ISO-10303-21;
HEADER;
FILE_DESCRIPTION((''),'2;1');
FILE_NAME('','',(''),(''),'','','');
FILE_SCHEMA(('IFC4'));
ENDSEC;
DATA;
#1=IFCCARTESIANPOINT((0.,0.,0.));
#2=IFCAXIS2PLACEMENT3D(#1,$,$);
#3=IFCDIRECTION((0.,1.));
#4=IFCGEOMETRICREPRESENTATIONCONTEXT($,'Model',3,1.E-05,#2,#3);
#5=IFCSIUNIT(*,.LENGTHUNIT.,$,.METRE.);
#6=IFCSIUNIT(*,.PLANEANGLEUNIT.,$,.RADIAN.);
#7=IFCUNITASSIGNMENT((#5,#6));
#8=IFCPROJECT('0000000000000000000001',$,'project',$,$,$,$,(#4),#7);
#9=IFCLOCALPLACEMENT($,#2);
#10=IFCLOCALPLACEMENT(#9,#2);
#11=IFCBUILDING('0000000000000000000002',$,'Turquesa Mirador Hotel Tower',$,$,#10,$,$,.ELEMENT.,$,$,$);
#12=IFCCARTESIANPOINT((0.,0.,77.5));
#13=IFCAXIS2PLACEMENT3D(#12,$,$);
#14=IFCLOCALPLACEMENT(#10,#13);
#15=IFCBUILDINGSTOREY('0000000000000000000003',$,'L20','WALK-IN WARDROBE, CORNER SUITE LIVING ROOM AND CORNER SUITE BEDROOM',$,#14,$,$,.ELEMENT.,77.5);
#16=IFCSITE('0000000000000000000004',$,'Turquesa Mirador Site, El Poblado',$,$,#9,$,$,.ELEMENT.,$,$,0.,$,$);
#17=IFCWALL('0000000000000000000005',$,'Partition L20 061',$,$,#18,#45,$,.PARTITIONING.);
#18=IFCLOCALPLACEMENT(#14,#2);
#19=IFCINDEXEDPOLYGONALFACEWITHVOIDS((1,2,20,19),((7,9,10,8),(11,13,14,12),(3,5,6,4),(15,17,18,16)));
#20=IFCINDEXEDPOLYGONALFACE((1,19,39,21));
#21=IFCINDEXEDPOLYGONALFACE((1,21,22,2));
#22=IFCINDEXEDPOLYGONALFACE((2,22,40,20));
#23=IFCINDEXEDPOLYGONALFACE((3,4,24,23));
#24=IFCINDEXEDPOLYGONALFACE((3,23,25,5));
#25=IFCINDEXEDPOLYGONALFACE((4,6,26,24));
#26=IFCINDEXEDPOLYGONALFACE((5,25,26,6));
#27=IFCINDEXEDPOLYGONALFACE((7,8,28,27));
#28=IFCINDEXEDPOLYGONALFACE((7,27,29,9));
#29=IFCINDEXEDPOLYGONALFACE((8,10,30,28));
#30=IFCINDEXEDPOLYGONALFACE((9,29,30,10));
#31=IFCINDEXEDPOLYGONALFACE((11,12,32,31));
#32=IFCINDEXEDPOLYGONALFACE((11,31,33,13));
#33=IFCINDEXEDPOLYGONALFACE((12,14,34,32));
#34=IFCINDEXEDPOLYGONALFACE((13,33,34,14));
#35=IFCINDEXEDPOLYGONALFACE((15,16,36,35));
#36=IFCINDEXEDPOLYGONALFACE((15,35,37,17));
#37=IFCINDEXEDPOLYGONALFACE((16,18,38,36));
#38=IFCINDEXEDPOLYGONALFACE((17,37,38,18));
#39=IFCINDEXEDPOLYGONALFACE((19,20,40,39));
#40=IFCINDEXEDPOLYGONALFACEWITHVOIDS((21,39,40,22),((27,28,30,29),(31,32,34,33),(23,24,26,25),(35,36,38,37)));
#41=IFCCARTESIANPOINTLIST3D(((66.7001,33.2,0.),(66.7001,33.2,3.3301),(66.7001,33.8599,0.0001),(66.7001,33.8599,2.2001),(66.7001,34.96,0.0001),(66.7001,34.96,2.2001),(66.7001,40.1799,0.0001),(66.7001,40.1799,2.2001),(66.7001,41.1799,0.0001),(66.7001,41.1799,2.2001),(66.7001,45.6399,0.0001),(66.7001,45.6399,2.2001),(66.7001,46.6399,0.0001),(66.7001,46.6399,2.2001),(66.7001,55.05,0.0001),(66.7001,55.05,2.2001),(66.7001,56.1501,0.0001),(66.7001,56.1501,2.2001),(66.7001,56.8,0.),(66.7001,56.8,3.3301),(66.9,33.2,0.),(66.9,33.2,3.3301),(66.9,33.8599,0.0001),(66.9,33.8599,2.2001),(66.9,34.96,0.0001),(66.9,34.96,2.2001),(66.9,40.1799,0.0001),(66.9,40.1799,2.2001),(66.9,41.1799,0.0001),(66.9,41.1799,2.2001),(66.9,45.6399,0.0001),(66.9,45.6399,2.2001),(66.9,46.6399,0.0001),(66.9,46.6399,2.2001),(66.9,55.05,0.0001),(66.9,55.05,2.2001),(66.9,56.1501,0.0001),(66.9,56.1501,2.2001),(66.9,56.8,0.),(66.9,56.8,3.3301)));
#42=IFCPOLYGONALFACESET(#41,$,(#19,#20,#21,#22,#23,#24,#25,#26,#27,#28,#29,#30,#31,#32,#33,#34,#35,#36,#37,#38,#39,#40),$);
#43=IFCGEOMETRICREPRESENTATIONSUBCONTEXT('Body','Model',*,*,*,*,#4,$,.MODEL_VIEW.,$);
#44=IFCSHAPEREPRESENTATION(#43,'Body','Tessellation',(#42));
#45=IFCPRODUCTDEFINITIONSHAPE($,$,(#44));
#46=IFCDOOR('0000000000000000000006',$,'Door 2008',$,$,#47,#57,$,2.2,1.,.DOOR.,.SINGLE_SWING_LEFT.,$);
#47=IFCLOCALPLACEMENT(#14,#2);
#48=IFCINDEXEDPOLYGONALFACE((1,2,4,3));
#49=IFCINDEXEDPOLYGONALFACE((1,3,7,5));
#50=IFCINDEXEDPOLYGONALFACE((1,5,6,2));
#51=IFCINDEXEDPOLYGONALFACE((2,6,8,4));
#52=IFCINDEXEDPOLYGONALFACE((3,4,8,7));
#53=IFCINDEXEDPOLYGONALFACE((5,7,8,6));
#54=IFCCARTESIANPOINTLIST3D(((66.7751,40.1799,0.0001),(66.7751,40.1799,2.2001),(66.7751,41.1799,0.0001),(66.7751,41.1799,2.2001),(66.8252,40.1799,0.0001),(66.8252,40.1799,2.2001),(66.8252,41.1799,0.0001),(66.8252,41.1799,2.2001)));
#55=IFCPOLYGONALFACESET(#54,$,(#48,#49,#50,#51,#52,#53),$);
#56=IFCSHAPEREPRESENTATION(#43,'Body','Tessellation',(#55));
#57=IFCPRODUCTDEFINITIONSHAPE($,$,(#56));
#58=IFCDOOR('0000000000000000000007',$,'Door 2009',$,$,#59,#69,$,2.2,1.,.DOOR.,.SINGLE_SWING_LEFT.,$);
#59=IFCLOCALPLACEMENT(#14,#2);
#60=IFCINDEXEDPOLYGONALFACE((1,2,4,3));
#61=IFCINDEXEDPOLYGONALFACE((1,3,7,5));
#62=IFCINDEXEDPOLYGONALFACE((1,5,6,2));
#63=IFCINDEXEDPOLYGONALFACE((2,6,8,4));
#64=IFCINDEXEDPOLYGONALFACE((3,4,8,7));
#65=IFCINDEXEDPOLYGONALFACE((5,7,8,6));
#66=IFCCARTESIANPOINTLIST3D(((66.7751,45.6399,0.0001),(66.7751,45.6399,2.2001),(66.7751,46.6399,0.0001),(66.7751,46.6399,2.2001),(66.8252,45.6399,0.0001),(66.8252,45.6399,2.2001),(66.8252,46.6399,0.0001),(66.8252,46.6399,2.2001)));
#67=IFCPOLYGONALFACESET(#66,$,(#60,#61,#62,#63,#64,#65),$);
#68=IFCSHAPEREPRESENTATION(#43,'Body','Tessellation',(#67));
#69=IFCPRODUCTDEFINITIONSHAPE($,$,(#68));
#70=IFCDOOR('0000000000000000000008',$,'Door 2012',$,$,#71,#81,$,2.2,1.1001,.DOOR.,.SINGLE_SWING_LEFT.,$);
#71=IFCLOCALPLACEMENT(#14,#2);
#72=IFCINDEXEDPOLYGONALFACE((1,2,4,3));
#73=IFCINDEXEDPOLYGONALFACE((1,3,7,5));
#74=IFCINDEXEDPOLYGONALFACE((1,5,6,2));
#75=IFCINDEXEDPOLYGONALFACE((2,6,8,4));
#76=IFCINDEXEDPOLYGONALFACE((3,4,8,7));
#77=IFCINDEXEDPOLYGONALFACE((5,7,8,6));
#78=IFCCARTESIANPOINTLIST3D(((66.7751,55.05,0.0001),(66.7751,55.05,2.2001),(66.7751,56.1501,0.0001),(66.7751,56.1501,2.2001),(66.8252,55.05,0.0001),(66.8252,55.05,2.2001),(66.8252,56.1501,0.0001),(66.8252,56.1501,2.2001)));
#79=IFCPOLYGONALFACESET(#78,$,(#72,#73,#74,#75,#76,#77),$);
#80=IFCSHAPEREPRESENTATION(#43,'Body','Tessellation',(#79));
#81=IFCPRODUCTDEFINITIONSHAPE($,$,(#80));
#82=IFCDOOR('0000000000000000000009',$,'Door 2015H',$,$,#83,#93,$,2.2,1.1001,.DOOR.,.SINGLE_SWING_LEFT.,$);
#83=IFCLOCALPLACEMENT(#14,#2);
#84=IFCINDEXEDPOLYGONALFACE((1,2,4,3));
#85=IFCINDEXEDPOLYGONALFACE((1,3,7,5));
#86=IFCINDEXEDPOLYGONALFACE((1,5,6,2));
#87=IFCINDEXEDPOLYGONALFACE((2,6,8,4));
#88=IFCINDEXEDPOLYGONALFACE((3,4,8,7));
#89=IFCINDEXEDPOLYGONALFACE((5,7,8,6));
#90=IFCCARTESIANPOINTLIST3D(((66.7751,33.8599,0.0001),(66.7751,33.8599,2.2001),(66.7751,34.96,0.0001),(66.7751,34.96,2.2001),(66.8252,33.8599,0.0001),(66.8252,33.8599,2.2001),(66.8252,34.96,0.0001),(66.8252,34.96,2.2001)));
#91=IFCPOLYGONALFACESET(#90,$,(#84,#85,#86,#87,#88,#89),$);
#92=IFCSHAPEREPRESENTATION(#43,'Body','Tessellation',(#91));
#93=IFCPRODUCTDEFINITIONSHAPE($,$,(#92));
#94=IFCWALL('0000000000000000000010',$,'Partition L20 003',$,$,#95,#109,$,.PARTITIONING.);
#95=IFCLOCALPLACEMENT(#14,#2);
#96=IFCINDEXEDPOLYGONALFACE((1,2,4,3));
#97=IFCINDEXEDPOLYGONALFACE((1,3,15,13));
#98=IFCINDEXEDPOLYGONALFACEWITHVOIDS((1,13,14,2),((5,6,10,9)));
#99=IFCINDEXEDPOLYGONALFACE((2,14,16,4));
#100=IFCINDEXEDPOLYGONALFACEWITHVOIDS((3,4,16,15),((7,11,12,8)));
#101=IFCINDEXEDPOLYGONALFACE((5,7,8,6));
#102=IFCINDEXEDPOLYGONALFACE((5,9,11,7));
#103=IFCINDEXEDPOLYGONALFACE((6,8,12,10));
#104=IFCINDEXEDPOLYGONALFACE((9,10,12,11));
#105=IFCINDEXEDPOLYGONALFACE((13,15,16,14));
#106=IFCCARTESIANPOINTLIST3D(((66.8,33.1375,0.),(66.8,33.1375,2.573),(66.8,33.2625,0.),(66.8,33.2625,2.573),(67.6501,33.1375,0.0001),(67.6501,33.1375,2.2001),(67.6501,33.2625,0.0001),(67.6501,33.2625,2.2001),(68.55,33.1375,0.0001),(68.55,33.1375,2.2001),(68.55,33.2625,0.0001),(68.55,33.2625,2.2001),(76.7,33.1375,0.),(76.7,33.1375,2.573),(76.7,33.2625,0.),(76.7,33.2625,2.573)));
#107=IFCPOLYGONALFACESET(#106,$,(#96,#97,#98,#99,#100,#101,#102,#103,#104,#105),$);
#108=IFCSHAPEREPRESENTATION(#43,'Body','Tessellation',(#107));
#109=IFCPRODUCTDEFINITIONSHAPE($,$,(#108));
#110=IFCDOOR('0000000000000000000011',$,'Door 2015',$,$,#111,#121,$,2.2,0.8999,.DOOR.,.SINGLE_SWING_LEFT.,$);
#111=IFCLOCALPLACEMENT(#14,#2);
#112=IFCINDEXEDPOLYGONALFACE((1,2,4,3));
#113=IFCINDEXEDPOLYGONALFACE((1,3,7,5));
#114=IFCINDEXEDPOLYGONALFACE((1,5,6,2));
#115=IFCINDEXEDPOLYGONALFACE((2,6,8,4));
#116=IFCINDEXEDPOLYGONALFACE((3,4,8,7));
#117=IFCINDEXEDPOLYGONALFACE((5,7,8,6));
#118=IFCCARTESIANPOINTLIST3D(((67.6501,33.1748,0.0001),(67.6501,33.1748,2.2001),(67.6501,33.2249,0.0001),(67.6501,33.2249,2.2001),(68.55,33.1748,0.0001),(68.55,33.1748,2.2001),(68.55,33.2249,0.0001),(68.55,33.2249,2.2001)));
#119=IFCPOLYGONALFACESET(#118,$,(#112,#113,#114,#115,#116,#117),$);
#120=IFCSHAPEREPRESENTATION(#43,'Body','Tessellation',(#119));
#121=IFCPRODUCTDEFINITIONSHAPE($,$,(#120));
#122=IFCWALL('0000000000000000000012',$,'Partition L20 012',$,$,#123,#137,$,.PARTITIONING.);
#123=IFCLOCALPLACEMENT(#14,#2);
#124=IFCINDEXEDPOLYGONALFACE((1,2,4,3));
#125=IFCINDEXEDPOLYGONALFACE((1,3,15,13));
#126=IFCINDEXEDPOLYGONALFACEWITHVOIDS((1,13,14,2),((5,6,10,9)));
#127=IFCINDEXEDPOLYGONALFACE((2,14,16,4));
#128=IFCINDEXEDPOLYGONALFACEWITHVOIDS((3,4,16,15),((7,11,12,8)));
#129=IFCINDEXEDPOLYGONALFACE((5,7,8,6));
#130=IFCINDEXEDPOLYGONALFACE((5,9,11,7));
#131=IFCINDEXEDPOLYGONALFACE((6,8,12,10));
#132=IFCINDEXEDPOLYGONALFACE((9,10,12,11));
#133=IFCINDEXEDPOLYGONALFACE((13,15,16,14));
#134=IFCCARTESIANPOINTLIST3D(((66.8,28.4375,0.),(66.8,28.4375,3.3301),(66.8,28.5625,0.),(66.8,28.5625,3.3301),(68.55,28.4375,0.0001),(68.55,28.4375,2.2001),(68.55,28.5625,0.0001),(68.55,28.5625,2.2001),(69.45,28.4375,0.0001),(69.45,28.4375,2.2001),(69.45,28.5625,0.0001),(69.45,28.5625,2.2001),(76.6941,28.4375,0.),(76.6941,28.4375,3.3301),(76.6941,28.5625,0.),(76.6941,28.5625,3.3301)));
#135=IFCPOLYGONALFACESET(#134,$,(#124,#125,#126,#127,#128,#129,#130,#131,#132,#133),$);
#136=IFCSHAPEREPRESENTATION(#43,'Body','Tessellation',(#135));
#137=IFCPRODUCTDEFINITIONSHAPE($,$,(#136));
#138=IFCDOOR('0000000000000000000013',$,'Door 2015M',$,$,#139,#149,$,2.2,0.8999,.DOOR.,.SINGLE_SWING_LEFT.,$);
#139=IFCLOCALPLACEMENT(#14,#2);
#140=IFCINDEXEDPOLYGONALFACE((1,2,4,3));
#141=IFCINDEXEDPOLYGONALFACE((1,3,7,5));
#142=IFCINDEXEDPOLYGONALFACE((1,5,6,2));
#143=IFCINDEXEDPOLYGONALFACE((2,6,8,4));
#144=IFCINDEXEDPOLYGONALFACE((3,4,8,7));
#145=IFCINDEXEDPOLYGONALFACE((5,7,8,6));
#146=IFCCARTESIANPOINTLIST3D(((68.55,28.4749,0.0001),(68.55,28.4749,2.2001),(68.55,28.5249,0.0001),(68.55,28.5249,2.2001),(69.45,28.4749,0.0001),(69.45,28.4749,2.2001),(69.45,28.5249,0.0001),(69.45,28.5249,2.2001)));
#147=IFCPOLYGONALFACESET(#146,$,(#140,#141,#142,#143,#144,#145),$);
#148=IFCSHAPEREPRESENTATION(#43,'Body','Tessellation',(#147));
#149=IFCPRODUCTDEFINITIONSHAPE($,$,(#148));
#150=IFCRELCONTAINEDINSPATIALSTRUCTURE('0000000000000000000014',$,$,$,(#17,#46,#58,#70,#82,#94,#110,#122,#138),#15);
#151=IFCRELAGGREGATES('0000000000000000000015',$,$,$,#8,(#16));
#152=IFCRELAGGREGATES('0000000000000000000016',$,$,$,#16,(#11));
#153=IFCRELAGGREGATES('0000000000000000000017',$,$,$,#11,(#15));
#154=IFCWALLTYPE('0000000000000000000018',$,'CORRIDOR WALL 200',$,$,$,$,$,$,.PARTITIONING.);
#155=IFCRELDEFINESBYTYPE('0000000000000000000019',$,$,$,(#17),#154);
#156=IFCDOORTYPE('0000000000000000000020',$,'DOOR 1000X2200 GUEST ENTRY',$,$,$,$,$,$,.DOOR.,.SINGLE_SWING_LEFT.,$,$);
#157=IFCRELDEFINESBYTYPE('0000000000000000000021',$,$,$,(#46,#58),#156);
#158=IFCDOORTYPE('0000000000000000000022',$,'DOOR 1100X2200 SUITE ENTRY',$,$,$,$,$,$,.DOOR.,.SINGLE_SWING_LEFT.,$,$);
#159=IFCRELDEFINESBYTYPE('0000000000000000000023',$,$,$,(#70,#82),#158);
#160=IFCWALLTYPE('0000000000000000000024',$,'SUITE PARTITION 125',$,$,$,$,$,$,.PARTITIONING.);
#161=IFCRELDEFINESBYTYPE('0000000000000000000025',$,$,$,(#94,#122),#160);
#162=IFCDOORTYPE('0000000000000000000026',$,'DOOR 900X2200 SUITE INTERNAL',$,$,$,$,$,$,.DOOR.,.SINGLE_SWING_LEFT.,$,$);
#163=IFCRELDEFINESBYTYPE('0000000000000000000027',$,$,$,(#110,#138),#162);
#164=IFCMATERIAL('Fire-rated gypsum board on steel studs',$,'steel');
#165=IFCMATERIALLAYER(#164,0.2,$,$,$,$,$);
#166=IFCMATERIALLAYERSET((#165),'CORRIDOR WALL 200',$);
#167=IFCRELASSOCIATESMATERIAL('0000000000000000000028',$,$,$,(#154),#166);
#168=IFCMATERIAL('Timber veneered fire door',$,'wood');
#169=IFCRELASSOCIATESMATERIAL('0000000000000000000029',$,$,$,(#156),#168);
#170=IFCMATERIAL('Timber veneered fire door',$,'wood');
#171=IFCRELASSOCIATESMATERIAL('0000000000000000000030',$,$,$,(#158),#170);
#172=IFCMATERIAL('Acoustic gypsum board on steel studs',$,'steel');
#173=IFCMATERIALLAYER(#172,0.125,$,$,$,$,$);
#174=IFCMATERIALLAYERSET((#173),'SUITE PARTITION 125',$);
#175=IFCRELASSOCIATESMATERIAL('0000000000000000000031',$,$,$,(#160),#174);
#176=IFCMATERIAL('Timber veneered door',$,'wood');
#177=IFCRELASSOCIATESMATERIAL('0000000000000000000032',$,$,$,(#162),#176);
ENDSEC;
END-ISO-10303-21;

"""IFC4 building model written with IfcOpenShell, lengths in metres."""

from ifc_helpers import new_model, si_unit, direction, frame, frame_2d, origin, place, context, subcontext, project, spatial, rectangle, extrude, material, layer, layer_set, type_object, element, fill, save


model = new_model("IFC4")

# Units and contexts
model_context = context("Model", 3, precision=1e-05, world=origin(), true_north=direction((0.0, 1.0)))
body_context = subcontext(model_context, "Body", "Model", "MODEL_VIEW")
ifc_project = project(units=[si_unit("LENGTHUNIT", "METRE"), si_unit("PLANEANGLEUNIT", "RADIAN")], contexts=[model_context])

# Site, building, storey
site_placement = place(None, origin())
site = spatial("IfcSite", under=ifc_project, at=site_placement, Name="Turquesa Mirador Site, El Poblado", CompositionType="ELEMENT", RefElevation=0.0)
building_placement = place(site_placement, origin())
building = spatial("IfcBuilding", under=site, at=building_placement, Name="Turquesa Mirador Hotel Tower", CompositionType="ELEMENT")
storey_placement = place(building_placement, frame((0.0, 0.0, 77.5)))
storey = spatial("IfcBuildingStorey", under=building, at=storey_placement, Name="L20", Description="WALK-IN WARDROBE, CORNER SUITE LIVING ROOM AND CORNER SUITE BEDROOM", CompositionType="ELEMENT", Elevation=77.5)

# Wall, openings, doors
ifc_material_1 = material(Name="Fire-rated gypsum board on steel studs", Category="steel")
ifc_layer_1 = layer(ifc_material_1, 0.2)
ifc_layer_set_1 = layer_set([ifc_layer_1], Name="CORRIDOR WALL 200")
wall_type_1 = type_object("IfcWallType", Name="CORRIDOR WALL 200", PredefinedType="PARTITIONING", material=ifc_layer_set_1)
wall_1_placement = place(storey_placement, frame((66.8, 33.2, 0.0), z_axis=(0.0, 0.0, 1.0), x_axis=(0.0, 1.0, 0.0)))
wall_1 = element("IfcWall", 1, at=wall_1_placement, inside=storey, type_object=wall_type_1, Name="Partition L20 061", PredefinedType="PARTITIONING", context=body_context, shape_type="SweptSolid", body=[
    extrude(rectangle(XDim=23.6001, YDim=0.2, at=frame_2d((11.8, 0.0))), origin(), (0.0, 0.0, 1.0), 3.3301),
])
opening_1_placement = place(wall_1_placement, frame((6.98, 0.0, 0.0)))
opening_1 = element("IfcOpeningElement", 2, at=opening_1_placement, cuts=wall_1, PredefinedType="OPENING", context=body_context, shape_type="SweptSolid", body=[
    extrude(rectangle(XDim=1.0, YDim=2.2, at=frame_2d((0.5, 1.1001))), frame((0.0, 0.1099, 0.0), z_axis=(0.0, -1.0, 0.0), x_axis=(1.0, 0.0, 0.0)), (0.0, 0.0, 1.0), 0.22),
])
opening_2_placement = place(wall_1_placement, frame((12.4399, 0.0, 0.0)))
opening_2 = element("IfcOpeningElement", 3, at=opening_2_placement, cuts=wall_1, PredefinedType="OPENING", context=body_context, shape_type="SweptSolid", body=[
    extrude(rectangle(XDim=1.0, YDim=2.2, at=frame_2d((0.5, 1.1001))), frame((0.0, 0.1099, 0.0), z_axis=(0.0, -1.0, 0.0), x_axis=(1.0, 0.0, 0.0)), (0.0, 0.0, 1.0), 0.22),
])
opening_3_placement = place(wall_1_placement, frame((21.8501, 0.0, 0.0)))
opening_3 = element("IfcOpeningElement", 4, at=opening_3_placement, cuts=wall_1, PredefinedType="OPENING", context=body_context, shape_type="SweptSolid", body=[
    extrude(rectangle(XDim=1.1001, YDim=2.2, at=frame_2d((0.55, 1.1001))), frame((0.0, 0.1099, 0.0), z_axis=(0.0, -1.0, 0.0), x_axis=(1.0, 0.0, 0.0)), (0.0, 0.0, 1.0), 0.22),
])
opening_4_placement = place(wall_1_placement, frame((0.6599, 0.0, 0.0)))
opening_4 = element("IfcOpeningElement", 5, at=opening_4_placement, cuts=wall_1, PredefinedType="OPENING", context=body_context, shape_type="SweptSolid", body=[
    extrude(rectangle(XDim=1.1001, YDim=2.2, at=frame_2d((0.55, 1.1001))), frame((0.0, 0.1099, 0.0), z_axis=(0.0, -1.0, 0.0), x_axis=(1.0, 0.0, 0.0)), (0.0, 0.0, 1.0), 0.22),
])
ifc_material_2 = material(Name="Timber veneered fire door", Category="wood")
door_type_1 = type_object("IfcDoorType", Name="DOOR 1000X2200 GUEST ENTRY", OperationType="SINGLE_SWING_LEFT", PredefinedType="DOOR", material=ifc_material_2)
door_1_placement = place(opening_1_placement, origin())
door_1 = element("IfcDoor", 6, at=door_1_placement, inside=storey, type_object=door_type_1, Name="Door 2008", OperationType="SINGLE_SWING_LEFT", OverallHeight=2.2, OverallWidth=1.0, PredefinedType="DOOR", context=body_context, shape_type="SweptSolid", body=[
    extrude(rectangle(XDim=1.0, YDim=2.2, at=frame_2d((0.5, 1.1001))), frame((0.0, 0.0249, 0.0), z_axis=(0.0, -1.0, 0.0), x_axis=(1.0, 0.0, 0.0)), (0.0, 0.0, 1.0), 0.05),
])
fill(opening_1, door_1)
door_2_placement = place(opening_2_placement, origin())
door_2 = element("IfcDoor", 7, at=door_2_placement, inside=storey, type_object=door_type_1, Name="Door 2009", OperationType="SINGLE_SWING_LEFT", OverallHeight=2.2, OverallWidth=1.0, PredefinedType="DOOR", context=body_context, shape_type="SweptSolid", body=[
    extrude(rectangle(XDim=1.0, YDim=2.2, at=frame_2d((0.5, 1.1001))), frame((0.0, 0.0249, 0.0), z_axis=(0.0, -1.0, 0.0), x_axis=(1.0, 0.0, 0.0)), (0.0, 0.0, 1.0), 0.05),
])
fill(opening_2, door_2)
ifc_material_3 = material(Name="Timber veneered fire door", Category="wood")
door_type_2 = type_object("IfcDoorType", Name="DOOR 1100X2200 SUITE ENTRY", OperationType="SINGLE_SWING_LEFT", PredefinedType="DOOR", material=ifc_material_3)
door_3_placement = place(opening_3_placement, origin())
door_3 = element("IfcDoor", 8, at=door_3_placement, inside=storey, type_object=door_type_2, Name="Door 2012", OperationType="SINGLE_SWING_LEFT", OverallHeight=2.2, OverallWidth=1.1001, PredefinedType="DOOR", context=body_context, shape_type="SweptSolid", body=[
    extrude(rectangle(XDim=1.1001, YDim=2.2, at=frame_2d((0.55, 1.1001))), frame((0.0, 0.0249, 0.0), z_axis=(0.0, -1.0, 0.0), x_axis=(1.0, 0.0, 0.0)), (0.0, 0.0, 1.0), 0.05),
])
fill(opening_3, door_3)
door_4_placement = place(opening_4_placement, origin())
door_4 = element("IfcDoor", 9, at=door_4_placement, inside=storey, type_object=door_type_2, Name="Door 2015H", OperationType="SINGLE_SWING_LEFT", OverallHeight=2.2, OverallWidth=1.1001, PredefinedType="DOOR", context=body_context, shape_type="SweptSolid", body=[
    extrude(rectangle(XDim=1.1001, YDim=2.2, at=frame_2d((0.55, 1.1001))), frame((0.0, 0.0249, 0.0), z_axis=(0.0, -1.0, 0.0), x_axis=(1.0, 0.0, 0.0)), (0.0, 0.0, 1.0), 0.05),
])
fill(opening_4, door_4)

# Walls, openings, doors
ifc_material_4 = material(Name="Acoustic gypsum board on steel studs", Category="steel")
ifc_layer_2 = layer(ifc_material_4, 0.125)
ifc_layer_set_2 = layer_set([ifc_layer_2], Name="SUITE PARTITION 125")
wall_type_2 = type_object("IfcWallType", Name="SUITE PARTITION 125", PredefinedType="PARTITIONING", material=ifc_layer_set_2)
wall_2_placement = place(storey_placement, frame((66.8, 33.2, 0.0), z_axis=(0.0, 0.0, 1.0), x_axis=(1.0, 0.0, 0.0)))
wall_2 = element("IfcWall", 10, at=wall_2_placement, inside=storey, type_object=wall_type_2, Name="Partition L20 003", PredefinedType="PARTITIONING", context=body_context, shape_type="SweptSolid", body=[
    extrude(rectangle(XDim=9.8999, YDim=0.125, at=frame_2d((4.95, 0.0))), origin(), (0.0, 0.0, 1.0), 2.573),
])
opening_5_placement = place(wall_2_placement, frame((0.8501, 0.0, 0.0)))
opening_5 = element("IfcOpeningElement", 11, at=opening_5_placement, cuts=wall_2, PredefinedType="OPENING", context=body_context, shape_type="SweptSolid", body=[
    extrude(rectangle(XDim=0.8999, YDim=2.2, at=frame_2d((0.45, 1.1001))), frame((0.0, 0.0725, 0.0), z_axis=(0.0, -1.0, 0.0), x_axis=(1.0, 0.0, 0.0)), (0.0, 0.0, 1.0), 0.145),
])
ifc_material_5 = material(Name="Timber veneered door", Category="wood")
door_type_3 = type_object("IfcDoorType", Name="DOOR 900X2200 SUITE INTERNAL", OperationType="SINGLE_SWING_LEFT", PredefinedType="DOOR", material=ifc_material_5)
door_5_placement = place(opening_5_placement, origin())
door_5 = element("IfcDoor", 12, at=door_5_placement, inside=storey, type_object=door_type_3, Name="Door 2015", OperationType="SINGLE_SWING_LEFT", OverallHeight=2.2, OverallWidth=0.8999, PredefinedType="DOOR", context=body_context, shape_type="SweptSolid", body=[
    extrude(rectangle(XDim=0.8999, YDim=2.2, at=frame_2d((0.45, 1.1001))), frame((0.0, 0.0249, 0.0), z_axis=(0.0, -1.0, 0.0), x_axis=(1.0, 0.0, 0.0)), (0.0, 0.0, 1.0), 0.05),
])
fill(opening_5, door_5)
wall_3_placement = place(storey_placement, frame((66.8, 28.5, 0.0), z_axis=(0.0, 0.0, 1.0), x_axis=(1.0, 0.0, 0.0)))
wall_3 = element("IfcWall", 13, at=wall_3_placement, inside=storey, type_object=wall_type_2, Name="Partition L20 012", PredefinedType="PARTITIONING", context=body_context, shape_type="SweptSolid", body=[
    extrude(rectangle(XDim=9.894, YDim=0.125, at=frame_2d((4.947, 0.0))), origin(), (0.0, 0.0, 1.0), 3.3301),
])
opening_6_placement = place(wall_3_placement, frame((1.75, 0.0, 0.0)))
opening_6 = element("IfcOpeningElement", 14, at=opening_6_placement, cuts=wall_3, PredefinedType="OPENING", context=body_context, shape_type="SweptSolid", body=[
    extrude(rectangle(XDim=0.8999, YDim=2.2, at=frame_2d((0.45, 1.1001))), frame((0.0, 0.0725, 0.0), z_axis=(0.0, -1.0, 0.0), x_axis=(1.0, 0.0, 0.0)), (0.0, 0.0, 1.0), 0.145),
])
door_6_placement = place(opening_6_placement, origin())
door_6 = element("IfcDoor", 15, at=door_6_placement, inside=storey, type_object=door_type_3, Name="Door 2015M", OperationType="SINGLE_SWING_LEFT", OverallHeight=2.2, OverallWidth=0.8999, PredefinedType="DOOR", context=body_context, shape_type="SweptSolid", body=[
    extrude(rectangle(XDim=0.8999, YDim=2.2, at=frame_2d((0.45, 1.1001))), frame((0.0, 0.0249, 0.0), z_axis=(0.0, -1.0, 0.0), x_axis=(1.0, 0.0, 0.0)), (0.0, 0.0, 1.0), 0.05),
])
fill(opening_6, door_6)

save(model, "model.ifc")
